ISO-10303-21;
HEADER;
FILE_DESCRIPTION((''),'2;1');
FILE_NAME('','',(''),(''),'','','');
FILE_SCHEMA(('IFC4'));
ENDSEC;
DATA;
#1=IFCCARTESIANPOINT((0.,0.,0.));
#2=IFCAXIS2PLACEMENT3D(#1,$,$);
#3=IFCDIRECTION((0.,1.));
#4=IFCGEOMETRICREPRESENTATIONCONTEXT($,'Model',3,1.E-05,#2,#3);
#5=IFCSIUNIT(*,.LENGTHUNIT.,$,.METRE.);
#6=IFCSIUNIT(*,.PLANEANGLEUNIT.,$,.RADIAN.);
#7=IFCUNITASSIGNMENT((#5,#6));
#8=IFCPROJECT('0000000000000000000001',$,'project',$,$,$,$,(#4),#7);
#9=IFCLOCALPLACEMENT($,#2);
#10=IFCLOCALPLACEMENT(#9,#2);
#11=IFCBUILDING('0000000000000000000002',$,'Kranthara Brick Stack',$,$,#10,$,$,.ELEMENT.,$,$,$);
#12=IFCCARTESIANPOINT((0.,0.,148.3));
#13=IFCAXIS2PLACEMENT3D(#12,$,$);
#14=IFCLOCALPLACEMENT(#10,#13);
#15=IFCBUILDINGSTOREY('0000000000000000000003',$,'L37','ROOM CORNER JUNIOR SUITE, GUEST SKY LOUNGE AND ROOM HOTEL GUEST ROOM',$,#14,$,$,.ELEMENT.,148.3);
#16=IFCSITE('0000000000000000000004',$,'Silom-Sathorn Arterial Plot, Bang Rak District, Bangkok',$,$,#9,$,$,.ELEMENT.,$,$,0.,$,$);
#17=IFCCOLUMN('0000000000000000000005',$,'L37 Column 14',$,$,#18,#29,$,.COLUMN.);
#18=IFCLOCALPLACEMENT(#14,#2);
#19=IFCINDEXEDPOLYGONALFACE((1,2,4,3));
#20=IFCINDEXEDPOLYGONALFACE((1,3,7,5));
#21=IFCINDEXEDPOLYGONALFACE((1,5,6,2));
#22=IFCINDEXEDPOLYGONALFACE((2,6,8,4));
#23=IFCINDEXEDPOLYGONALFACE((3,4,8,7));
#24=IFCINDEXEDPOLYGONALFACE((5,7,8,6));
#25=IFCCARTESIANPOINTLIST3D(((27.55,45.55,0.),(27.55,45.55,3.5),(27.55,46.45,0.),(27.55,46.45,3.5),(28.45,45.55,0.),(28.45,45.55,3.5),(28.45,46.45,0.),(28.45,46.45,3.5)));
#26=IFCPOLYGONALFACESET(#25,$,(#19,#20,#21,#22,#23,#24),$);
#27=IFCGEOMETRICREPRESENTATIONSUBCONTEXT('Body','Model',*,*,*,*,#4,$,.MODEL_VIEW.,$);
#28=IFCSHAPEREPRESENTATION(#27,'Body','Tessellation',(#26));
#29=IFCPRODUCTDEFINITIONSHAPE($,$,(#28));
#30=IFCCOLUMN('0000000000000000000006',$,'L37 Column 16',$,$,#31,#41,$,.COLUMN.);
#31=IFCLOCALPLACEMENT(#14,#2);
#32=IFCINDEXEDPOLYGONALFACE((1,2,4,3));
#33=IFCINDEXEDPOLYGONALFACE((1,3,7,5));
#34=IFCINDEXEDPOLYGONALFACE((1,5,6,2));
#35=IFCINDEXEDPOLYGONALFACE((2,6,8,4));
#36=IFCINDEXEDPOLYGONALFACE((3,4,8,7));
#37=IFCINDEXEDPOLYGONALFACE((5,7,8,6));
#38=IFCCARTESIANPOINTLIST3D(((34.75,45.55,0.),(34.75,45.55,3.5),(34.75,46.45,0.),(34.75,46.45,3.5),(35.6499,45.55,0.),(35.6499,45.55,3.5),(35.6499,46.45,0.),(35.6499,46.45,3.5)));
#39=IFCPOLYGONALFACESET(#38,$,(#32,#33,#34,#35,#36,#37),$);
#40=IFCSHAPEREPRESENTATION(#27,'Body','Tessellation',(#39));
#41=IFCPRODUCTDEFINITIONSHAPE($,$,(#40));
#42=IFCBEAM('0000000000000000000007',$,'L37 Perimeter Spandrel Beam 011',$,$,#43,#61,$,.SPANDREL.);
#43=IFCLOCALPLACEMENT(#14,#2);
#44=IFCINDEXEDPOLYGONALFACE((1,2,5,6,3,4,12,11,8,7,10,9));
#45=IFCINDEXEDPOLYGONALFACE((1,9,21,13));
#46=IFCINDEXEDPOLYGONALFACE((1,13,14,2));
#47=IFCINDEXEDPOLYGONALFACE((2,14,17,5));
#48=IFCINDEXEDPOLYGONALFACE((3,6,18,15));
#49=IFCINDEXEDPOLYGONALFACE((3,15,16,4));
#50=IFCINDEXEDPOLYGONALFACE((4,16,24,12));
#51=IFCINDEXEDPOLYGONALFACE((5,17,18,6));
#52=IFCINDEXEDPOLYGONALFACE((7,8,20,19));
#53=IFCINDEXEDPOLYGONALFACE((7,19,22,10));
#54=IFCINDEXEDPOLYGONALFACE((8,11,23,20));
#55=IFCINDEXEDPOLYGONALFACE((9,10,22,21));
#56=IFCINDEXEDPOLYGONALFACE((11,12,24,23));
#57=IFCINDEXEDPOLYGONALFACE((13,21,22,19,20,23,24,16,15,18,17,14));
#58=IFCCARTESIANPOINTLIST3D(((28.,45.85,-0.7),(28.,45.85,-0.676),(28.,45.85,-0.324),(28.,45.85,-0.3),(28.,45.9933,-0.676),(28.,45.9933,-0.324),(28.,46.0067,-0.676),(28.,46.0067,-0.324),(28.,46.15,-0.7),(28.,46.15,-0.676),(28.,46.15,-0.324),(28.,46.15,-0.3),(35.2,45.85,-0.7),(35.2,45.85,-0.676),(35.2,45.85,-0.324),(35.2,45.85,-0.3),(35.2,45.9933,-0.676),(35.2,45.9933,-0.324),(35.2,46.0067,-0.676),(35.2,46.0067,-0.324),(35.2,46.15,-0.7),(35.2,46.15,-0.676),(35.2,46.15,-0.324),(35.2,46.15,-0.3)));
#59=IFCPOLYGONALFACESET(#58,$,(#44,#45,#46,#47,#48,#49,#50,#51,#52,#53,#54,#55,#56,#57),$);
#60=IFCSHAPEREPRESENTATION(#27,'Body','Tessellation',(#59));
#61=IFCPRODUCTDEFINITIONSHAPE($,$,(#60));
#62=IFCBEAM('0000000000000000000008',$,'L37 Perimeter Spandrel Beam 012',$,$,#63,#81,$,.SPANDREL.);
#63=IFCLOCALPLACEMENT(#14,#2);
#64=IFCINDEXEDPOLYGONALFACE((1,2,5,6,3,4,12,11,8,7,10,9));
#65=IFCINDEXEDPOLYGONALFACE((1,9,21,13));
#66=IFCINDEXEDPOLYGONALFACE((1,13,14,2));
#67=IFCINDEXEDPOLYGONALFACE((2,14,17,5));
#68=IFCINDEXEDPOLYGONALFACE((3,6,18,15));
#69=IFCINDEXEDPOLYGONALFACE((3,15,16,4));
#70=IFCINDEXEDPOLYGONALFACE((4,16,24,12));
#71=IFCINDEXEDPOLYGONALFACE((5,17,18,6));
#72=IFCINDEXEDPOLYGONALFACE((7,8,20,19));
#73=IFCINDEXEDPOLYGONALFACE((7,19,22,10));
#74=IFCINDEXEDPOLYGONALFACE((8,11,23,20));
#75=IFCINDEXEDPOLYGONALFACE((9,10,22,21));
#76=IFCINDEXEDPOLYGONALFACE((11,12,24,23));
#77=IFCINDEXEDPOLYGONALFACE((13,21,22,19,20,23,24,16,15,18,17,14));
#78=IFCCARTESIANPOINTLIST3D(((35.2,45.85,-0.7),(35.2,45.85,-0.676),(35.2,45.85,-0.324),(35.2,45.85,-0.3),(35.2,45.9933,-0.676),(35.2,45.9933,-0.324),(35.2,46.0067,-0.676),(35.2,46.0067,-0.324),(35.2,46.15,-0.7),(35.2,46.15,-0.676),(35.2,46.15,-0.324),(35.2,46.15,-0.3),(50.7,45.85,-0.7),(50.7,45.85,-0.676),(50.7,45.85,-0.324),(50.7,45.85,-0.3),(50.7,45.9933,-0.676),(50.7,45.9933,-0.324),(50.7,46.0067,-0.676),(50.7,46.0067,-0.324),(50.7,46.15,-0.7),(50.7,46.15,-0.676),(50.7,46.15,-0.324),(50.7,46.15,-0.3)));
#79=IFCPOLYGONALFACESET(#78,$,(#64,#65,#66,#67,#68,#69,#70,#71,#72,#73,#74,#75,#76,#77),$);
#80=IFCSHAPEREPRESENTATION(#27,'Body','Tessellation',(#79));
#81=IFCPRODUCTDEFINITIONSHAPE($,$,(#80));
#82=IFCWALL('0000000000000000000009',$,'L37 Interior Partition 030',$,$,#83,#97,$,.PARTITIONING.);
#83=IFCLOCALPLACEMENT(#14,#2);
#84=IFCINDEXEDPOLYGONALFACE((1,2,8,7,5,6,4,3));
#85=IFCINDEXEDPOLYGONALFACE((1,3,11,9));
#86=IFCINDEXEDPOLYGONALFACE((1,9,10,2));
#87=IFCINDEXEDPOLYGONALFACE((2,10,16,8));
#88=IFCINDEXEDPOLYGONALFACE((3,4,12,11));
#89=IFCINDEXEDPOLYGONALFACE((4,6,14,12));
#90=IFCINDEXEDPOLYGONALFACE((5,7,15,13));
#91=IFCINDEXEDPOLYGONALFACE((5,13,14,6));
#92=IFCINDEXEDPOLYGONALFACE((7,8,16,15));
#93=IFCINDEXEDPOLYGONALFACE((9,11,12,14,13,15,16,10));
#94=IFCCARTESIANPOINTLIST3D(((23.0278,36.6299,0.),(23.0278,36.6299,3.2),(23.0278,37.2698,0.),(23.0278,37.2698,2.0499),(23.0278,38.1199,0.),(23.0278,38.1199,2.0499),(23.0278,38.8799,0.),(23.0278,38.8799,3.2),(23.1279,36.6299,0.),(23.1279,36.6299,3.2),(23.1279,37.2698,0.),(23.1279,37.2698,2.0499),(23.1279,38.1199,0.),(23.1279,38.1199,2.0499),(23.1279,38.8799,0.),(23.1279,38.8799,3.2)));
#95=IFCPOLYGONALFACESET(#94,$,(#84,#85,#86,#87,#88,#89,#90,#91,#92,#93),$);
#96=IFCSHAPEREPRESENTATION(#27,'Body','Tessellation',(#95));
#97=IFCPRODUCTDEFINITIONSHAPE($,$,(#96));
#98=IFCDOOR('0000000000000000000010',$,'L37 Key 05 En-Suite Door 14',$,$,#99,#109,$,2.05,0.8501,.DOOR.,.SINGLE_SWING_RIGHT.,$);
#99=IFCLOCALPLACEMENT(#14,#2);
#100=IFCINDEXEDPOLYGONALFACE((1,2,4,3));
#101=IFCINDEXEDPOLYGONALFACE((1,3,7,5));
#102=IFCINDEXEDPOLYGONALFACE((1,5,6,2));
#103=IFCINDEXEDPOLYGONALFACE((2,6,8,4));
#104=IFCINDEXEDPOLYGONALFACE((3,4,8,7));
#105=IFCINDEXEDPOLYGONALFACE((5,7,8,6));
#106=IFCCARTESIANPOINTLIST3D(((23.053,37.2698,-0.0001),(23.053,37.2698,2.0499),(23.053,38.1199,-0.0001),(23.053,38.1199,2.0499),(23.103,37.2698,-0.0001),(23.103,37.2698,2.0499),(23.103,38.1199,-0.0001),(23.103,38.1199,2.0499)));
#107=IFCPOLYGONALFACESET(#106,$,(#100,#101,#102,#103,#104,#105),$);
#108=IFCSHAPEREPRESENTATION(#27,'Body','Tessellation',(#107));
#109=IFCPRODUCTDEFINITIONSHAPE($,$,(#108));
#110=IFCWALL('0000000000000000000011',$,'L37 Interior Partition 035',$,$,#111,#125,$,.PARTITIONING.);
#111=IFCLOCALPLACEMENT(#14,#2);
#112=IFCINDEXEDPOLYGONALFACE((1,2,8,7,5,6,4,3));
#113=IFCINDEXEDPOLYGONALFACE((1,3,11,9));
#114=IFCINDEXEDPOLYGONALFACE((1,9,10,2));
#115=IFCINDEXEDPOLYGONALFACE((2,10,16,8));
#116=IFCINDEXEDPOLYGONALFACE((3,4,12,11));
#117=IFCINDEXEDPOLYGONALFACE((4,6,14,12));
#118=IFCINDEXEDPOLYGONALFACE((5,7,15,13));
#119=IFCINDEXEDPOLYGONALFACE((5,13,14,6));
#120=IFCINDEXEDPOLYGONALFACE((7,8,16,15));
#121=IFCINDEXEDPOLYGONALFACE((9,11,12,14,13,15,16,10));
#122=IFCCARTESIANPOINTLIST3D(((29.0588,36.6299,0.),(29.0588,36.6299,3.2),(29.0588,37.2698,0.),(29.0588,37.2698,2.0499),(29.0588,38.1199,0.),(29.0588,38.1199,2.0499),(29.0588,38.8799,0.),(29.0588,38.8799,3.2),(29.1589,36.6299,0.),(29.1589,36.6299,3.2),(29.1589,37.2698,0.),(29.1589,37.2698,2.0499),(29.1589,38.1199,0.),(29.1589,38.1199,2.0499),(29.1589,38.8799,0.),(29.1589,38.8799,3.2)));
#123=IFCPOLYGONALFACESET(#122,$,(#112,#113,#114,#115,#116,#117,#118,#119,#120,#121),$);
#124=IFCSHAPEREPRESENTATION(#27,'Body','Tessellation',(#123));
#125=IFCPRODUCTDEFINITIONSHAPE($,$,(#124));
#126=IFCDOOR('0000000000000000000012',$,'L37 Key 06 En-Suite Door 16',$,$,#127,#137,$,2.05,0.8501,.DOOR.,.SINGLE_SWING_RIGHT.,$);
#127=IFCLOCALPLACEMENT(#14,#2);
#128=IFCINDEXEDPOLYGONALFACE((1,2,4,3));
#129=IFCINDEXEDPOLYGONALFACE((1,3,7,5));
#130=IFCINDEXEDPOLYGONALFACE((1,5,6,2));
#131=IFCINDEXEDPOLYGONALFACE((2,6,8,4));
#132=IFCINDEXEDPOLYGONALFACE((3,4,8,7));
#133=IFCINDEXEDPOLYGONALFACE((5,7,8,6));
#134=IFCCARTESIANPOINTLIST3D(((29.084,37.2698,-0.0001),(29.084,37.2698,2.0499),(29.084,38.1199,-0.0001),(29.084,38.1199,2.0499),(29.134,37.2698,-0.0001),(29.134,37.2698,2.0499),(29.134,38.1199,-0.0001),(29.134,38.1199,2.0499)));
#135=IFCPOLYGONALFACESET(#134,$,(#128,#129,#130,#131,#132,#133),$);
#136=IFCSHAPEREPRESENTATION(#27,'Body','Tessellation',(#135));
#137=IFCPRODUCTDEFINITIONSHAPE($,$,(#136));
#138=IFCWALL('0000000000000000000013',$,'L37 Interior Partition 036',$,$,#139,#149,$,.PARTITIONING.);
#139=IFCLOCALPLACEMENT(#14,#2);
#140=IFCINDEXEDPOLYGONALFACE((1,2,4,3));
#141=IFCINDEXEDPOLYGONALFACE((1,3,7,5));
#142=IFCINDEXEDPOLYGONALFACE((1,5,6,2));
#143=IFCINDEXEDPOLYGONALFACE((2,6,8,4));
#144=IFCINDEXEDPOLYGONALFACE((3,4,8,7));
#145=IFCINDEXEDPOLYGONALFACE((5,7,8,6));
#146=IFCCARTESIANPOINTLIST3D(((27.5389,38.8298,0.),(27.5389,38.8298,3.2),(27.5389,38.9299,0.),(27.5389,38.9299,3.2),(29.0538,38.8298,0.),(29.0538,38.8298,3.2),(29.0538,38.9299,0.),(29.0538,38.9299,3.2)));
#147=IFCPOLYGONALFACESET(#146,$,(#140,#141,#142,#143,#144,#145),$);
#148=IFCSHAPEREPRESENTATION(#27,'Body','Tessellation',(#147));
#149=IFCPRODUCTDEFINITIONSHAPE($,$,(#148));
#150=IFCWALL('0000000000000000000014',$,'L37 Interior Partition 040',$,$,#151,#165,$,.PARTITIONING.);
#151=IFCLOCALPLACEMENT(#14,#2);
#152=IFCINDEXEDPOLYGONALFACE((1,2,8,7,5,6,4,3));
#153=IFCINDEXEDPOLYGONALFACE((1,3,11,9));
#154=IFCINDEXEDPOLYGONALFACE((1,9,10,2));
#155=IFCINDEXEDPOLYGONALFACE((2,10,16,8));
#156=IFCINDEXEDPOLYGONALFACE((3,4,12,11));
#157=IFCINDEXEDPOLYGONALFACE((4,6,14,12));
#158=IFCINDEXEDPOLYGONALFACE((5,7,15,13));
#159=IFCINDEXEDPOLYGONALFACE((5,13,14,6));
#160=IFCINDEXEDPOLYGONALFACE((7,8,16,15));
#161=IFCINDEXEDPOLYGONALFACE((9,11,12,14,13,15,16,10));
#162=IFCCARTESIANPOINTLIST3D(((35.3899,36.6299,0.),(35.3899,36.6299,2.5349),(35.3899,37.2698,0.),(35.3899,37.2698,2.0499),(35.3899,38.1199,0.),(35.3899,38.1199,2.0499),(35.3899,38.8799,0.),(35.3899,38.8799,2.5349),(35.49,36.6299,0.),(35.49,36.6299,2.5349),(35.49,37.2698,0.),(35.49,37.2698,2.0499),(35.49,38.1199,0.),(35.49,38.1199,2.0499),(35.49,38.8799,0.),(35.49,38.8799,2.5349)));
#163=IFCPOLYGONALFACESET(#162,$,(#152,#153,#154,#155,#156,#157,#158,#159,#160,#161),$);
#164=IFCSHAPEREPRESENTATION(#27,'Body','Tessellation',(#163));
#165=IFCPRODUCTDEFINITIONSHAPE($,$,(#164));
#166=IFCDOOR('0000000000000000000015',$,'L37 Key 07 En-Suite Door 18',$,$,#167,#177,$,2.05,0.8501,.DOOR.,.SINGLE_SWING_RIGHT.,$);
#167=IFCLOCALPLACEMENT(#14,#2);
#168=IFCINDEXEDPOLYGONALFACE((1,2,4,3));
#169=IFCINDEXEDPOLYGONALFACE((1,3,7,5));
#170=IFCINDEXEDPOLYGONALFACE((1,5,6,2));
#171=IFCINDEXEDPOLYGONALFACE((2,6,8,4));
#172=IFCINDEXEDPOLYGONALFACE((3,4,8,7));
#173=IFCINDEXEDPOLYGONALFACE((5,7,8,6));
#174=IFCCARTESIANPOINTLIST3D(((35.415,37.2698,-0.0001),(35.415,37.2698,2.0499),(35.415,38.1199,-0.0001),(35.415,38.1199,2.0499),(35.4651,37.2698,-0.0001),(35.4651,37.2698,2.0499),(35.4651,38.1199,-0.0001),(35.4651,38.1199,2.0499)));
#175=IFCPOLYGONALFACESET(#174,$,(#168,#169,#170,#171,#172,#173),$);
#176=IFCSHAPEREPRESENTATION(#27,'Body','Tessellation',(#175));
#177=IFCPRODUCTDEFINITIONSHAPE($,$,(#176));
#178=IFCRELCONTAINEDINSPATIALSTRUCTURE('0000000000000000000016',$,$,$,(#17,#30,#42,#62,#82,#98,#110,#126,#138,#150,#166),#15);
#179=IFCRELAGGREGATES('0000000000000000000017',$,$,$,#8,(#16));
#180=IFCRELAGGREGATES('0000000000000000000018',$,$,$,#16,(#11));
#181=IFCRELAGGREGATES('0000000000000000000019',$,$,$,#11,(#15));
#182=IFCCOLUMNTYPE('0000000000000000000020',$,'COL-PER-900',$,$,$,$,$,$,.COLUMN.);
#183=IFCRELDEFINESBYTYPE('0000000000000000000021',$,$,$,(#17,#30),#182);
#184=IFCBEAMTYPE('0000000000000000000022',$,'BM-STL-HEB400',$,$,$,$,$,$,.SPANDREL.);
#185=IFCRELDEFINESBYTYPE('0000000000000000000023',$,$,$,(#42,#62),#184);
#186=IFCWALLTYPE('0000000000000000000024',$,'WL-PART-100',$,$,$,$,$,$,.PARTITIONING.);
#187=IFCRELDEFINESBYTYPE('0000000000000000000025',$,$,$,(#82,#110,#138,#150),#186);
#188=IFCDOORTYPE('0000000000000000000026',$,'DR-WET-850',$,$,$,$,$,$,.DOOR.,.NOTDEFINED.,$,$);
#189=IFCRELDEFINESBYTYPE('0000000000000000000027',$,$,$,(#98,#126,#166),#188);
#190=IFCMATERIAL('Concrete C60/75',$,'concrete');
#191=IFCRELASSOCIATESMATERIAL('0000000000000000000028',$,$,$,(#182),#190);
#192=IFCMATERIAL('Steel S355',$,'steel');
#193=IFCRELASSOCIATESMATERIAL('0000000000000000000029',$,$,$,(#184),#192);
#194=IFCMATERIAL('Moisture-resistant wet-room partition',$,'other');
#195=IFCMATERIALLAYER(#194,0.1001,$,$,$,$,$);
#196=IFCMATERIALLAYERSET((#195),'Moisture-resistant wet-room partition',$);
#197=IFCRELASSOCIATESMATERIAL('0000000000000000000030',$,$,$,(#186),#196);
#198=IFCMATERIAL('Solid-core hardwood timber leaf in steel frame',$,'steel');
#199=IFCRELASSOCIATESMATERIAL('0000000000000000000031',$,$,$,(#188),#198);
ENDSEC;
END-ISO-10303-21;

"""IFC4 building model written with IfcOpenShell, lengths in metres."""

from ifc_helpers import new_model, si_unit, direction, frame, frame_2d, origin, origin_2d, place, context, subcontext, project, spatial, rectangle, i_section, extrude, material, layer, layer_set, material_profile, profile_set, type_object, element, fill, save


model = new_model("IFC4")

# Units and contexts
model_context = context("Model", 3, precision=1e-05, world=origin(), true_north=direction((0.0, 1.0)))
body_context = subcontext(model_context, "Body", "Model", "MODEL_VIEW")
ifc_project = project(units=[si_unit("LENGTHUNIT", "METRE"), si_unit("PLANEANGLEUNIT", "RADIAN")], contexts=[model_context])

# Site, building, storey
site_placement = place(None, origin())
site = spatial("IfcSite", under=ifc_project, at=site_placement, Name="Silom-Sathorn Arterial Plot, Bang Rak District, Bangkok", CompositionType="ELEMENT", RefElevation=0.0)
building_placement = place(site_placement, origin())
building = spatial("IfcBuilding", under=site, at=building_placement, Name="Kranthara Brick Stack", CompositionType="ELEMENT")
storey_placement = place(building_placement, frame((0.0, 0.0, 148.3)))
storey = spatial("IfcBuildingStorey", under=building, at=storey_placement, Name="L37", Description="ROOM CORNER JUNIOR SUITE, GUEST SKY LOUNGE AND ROOM HOTEL GUEST ROOM", CompositionType="ELEMENT", Elevation=148.3)

# Columns
ifc_material_1 = material(Name="Concrete C60/75", Category="concrete")
ifc_material_profile_1 = material_profile(ifc_material_1, rectangle(XDim=0.8999, YDim=0.8999, at=origin_2d()), Name="RC 900x900")
ifc_profile_set_1 = profile_set([ifc_material_profile_1], Name="Concrete C60/75")
column_type = type_object("IfcColumnType", Name="COL-PER-900", PredefinedType="COLUMN", material=ifc_profile_set_1)
for number, where, z_axis, x_axis, name in (
    (1, (28.0, 46.0, 0.0), (0.0, 0.0, 1.0), (1.0, 0.0, 0.0), "L37 Column 14"),
    (2, (35.2, 46.0, 0.0), (0.0, 0.0, 1.0), (1.0, 0.0, 0.0), "L37 Column 16"),
):
    element("IfcColumn", number, at=place(storey_placement, frame(where, z_axis=z_axis, x_axis=x_axis)), inside=storey, type_object=column_type, Name=name, PredefinedType="COLUMN", context=body_context, shape_type="SweptSolid", body=[
        extrude(rectangle(XDim=0.8999, YDim=0.8999, at=origin_2d()), origin(), (0.0, 0.0, 1.0), 3.5),
    ])

# Beams
ifc_material_2 = material(Name="Steel S355", Category="steel")
ifc_material_profile_2 = material_profile(ifc_material_2, i_section(OverallWidth=0.3, OverallDepth=0.3999, WebThickness=0.0134, FlangeThickness=0.0239, at=origin_2d()), Name="HEB 400")
ifc_profile_set_2 = profile_set([ifc_material_profile_2], Name="Steel S355")
beam_type = type_object("IfcBeamType", Name="BM-STL-HEB400", PredefinedType="SPANDREL", material=ifc_profile_set_2)
beam_1_placement = place(storey_placement, frame((28.0, 46.0, -0.5), z_axis=(1.0, 0.0, 0.0), x_axis=(0.0, 1.0, 0.0)))
element("IfcBeam", 3, at=beam_1_placement, inside=storey, type_object=beam_type, Name="L37 Perimeter Spandrel Beam 011", PredefinedType="SPANDREL", context=body_context, shape_type="SweptSolid", body=[
    extrude(i_section(OverallWidth=0.3, OverallDepth=0.3999, WebThickness=0.0134, FlangeThickness=0.0239, at=origin_2d()), origin(), (0.0, 0.0, 1.0), 7.2),
])
beam_2_placement = place(storey_placement, frame((35.2, 46.0, -0.5), z_axis=(1.0, 0.0, 0.0), x_axis=(0.0, 1.0, 0.0)))
element("IfcBeam", 4, at=beam_2_placement, inside=storey, type_object=beam_type, Name="L37 Perimeter Spandrel Beam 012", PredefinedType="SPANDREL", context=body_context, shape_type="SweptSolid", body=[
    extrude(i_section(OverallWidth=0.3, OverallDepth=0.3999, WebThickness=0.0134, FlangeThickness=0.0239, at=origin_2d()), origin(), (0.0, 0.0, 1.0), 15.5),
])

# Walls, openings, doors
ifc_material_3 = material(Name="Moisture-resistant wet-room partition", Category="other")
ifc_layer_1 = layer(ifc_material_3, 0.1001)
ifc_layer_set_1 = layer_set([ifc_layer_1], Name="Moisture-resistant wet-room partition")
wall_type_1 = type_object("IfcWallType", Name="WL-PART-100", PredefinedType="PARTITIONING", material=ifc_layer_set_1)
wall_1_placement = place(storey_placement, frame((23.0779, 36.6299, 0.0), z_axis=(0.0, 0.0, 1.0), x_axis=(0.0, 1.0, 0.0)))
wall_1 = element("IfcWall", 5, at=wall_1_placement, inside=storey, type_object=wall_type_1, Name="L37 Interior Partition 030", PredefinedType="PARTITIONING", context=body_context, shape_type="SweptSolid", body=[
    extrude(rectangle(XDim=2.25, YDim=0.1001, at=frame_2d((1.125, 0.0))), origin(), (0.0, 0.0, 1.0), 3.2),
])
opening_1_placement = place(wall_1_placement, frame((0.6399, 0.0, 0.0)))
opening_1 = element("IfcOpeningElement", 6, at=opening_1_placement, cuts=wall_1, PredefinedType="OPENING", context=body_context, shape_type="SweptSolid", body=[
    extrude(rectangle(XDim=0.8501, YDim=2.05, at=frame_2d((0.425, 1.0249))), frame((0.0, 0.0601, 0.0), z_axis=(0.0, -1.0, 0.0), x_axis=(1.0, 0.0, 0.0)), (0.0, 0.0, 1.0), 0.1201),
])
ifc_material_4 = material(Name="Solid-core hardwood timber leaf in steel frame", Category="steel")
door_type = type_object("IfcDoorType", Name="DR-WET-850", OperationType="NOTDEFINED", PredefinedType="DOOR", material=ifc_material_4)
door_1_placement = place(opening_1_placement, origin())
door_1 = element("IfcDoor", 7, at=door_1_placement, inside=storey, type_object=door_type, Name="L37 Key 05 En-Suite Door 14", OperationType="SINGLE_SWING_RIGHT", OverallHeight=2.05, OverallWidth=0.8501, PredefinedType="DOOR", context=body_context, shape_type="SweptSolid", body=[
    extrude(rectangle(XDim=0.8501, YDim=2.05, at=frame_2d((0.425, 1.0249))), frame((0.0, 0.0249, 0.0), z_axis=(0.0, -1.0, 0.0), x_axis=(1.0, 0.0, 0.0)), (0.0, 0.0, 1.0), 0.05),
])
fill(opening_1, door_1)
wall_2_placement = place(storey_placement, frame((29.1089, 36.6299, 0.0), z_axis=(0.0, 0.0, 1.0), x_axis=(0.0, 1.0, 0.0)))
wall_2 = element("IfcWall", 8, at=wall_2_placement, inside=storey, type_object=wall_type_1, Name="L37 Interior Partition 035", PredefinedType="PARTITIONING", context=body_context, shape_type="SweptSolid", body=[
    extrude(rectangle(XDim=2.25, YDim=0.1001, at=frame_2d((1.125, 0.0))), origin(), (0.0, 0.0, 1.0), 3.2),
])
opening_2_placement = place(wall_2_placement, frame((0.6399, 0.0, 0.0)))
opening_2 = element("IfcOpeningElement", 9, at=opening_2_placement, cuts=wall_2, PredefinedType="OPENING", context=body_context, shape_type="SweptSolid", body=[
    extrude(rectangle(XDim=0.8501, YDim=2.05, at=frame_2d((0.425, 1.0249))), frame((0.0, 0.0601, 0.0), z_axis=(0.0, -1.0, 0.0), x_axis=(1.0, 0.0, 0.0)), (0.0, 0.0, 1.0), 0.1201),
])
door_2_placement = place(opening_2_placement, origin())
door_2 = element("IfcDoor", 10, at=door_2_placement, inside=storey, type_object=door_type, Name="L37 Key 06 En-Suite Door 16", OperationType="SINGLE_SWING_RIGHT", OverallHeight=2.05, OverallWidth=0.8501, PredefinedType="DOOR", context=body_context, shape_type="SweptSolid", body=[
    extrude(rectangle(XDim=0.8501, YDim=2.05, at=frame_2d((0.425, 1.0249))), frame((0.0, 0.0249, 0.0), z_axis=(0.0, -1.0, 0.0), x_axis=(1.0, 0.0, 0.0)), (0.0, 0.0, 1.0), 0.05),
])
fill(opening_2, door_2)

# Wall
wall_3_placement = place(storey_placement, frame((27.5391, 38.8799, 0.0), z_axis=(0.0, 0.0, 1.0), x_axis=(1.0, 0.0, 0.0)))
element("IfcWall", 11, at=wall_3_placement, inside=storey, type_object=wall_type_1, Name="L37 Interior Partition 036", PredefinedType="PARTITIONING", context=body_context, shape_type="SweptSolid", body=[
    extrude(rectangle(XDim=1.5149, YDim=0.1001, at=frame_2d((0.7573, 0.0))), origin(), (0.0, 0.0, 1.0), 3.2),
])

# Wall, opening, door
wall_4_placement = place(storey_placement, frame((35.4399, 36.6299, 0.0), z_axis=(0.0, 0.0, 1.0), x_axis=(0.0, 1.0, 0.0)))
wall_4 = element("IfcWall", 12, at=wall_4_placement, inside=storey, type_object=wall_type_1, Name="L37 Interior Partition 040", PredefinedType="PARTITIONING", context=body_context, shape_type="SweptSolid", body=[
    extrude(rectangle(XDim=2.25, YDim=0.1001, at=frame_2d((1.125, 0.0))), origin(), (0.0, 0.0, 1.0), 2.5349),
])
opening_3_placement = place(wall_4_placement, frame((0.6399, 0.0, 0.0)))
opening_3 = element("IfcOpeningElement", 13, at=opening_3_placement, cuts=wall_4, PredefinedType="OPENING", context=body_context, shape_type="SweptSolid", body=[
    extrude(rectangle(XDim=0.8501, YDim=2.05, at=frame_2d((0.425, 1.0249))), frame((0.0, 0.0601, 0.0), z_axis=(0.0, -1.0, 0.0), x_axis=(1.0, 0.0, 0.0)), (0.0, 0.0, 1.0), 0.1201),
])
door_3_placement = place(opening_3_placement, origin())
door_3 = element("IfcDoor", 14, at=door_3_placement, inside=storey, type_object=door_type, Name="L37 Key 07 En-Suite Door 18", OperationType="SINGLE_SWING_RIGHT", OverallHeight=2.05, OverallWidth=0.8501, PredefinedType="DOOR", context=body_context, shape_type="SweptSolid", body=[
    extrude(rectangle(XDim=0.8501, YDim=2.05, at=frame_2d((0.425, 1.0249))), frame((0.0, 0.0249, 0.0), z_axis=(0.0, -1.0, 0.0), x_axis=(1.0, 0.0, 0.0)), (0.0, 0.0, 1.0), 0.05),
])
fill(opening_3, door_3)

save(model, "model.ifc")
